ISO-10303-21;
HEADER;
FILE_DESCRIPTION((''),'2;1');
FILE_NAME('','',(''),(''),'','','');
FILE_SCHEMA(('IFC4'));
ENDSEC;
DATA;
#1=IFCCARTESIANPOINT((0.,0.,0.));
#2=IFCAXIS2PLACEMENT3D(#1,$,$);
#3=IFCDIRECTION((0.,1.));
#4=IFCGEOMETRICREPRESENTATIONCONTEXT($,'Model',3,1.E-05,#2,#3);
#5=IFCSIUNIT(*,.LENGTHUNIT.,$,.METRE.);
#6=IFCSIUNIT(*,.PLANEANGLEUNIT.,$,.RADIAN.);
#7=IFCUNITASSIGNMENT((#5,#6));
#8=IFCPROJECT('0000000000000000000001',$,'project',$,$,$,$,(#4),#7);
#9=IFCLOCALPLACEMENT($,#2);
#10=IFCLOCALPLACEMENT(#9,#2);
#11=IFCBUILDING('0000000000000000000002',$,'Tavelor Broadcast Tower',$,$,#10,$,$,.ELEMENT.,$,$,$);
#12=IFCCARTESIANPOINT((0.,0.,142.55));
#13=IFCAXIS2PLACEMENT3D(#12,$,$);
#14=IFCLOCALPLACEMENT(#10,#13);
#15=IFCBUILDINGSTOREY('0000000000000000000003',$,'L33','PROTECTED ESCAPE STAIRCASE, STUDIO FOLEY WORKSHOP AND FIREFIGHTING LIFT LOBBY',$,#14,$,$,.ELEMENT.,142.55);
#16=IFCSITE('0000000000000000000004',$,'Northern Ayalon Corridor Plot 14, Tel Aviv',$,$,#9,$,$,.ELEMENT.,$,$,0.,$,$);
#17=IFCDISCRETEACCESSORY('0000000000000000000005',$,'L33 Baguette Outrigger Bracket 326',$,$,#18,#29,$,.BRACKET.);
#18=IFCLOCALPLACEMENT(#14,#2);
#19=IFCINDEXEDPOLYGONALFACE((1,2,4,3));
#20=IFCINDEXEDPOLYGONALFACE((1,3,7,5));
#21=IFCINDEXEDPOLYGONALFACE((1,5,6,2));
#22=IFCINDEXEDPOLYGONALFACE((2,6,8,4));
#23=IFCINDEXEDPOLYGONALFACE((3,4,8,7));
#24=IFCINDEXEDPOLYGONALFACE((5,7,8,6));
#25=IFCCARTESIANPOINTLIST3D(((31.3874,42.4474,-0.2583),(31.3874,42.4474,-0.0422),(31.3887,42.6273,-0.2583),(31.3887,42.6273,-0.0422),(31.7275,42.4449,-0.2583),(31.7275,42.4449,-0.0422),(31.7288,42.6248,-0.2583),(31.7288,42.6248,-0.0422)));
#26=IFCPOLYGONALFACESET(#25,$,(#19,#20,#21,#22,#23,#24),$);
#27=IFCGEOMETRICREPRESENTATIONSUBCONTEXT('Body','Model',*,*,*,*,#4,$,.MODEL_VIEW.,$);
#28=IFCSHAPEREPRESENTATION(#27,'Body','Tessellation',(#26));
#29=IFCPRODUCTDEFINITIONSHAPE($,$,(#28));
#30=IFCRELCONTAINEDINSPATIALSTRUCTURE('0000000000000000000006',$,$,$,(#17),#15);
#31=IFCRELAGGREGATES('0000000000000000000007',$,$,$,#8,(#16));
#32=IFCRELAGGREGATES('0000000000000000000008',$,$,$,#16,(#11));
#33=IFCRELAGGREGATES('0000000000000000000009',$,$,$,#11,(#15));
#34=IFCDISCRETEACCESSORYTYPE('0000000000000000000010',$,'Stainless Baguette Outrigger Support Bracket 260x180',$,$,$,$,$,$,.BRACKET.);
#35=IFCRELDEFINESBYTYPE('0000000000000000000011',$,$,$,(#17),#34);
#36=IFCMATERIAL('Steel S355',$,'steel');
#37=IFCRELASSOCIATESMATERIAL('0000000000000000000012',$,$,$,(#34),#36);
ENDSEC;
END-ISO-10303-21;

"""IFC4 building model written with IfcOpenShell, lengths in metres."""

from ifc_helpers import new_model, si_unit, direction, frame, origin, origin_2d, place, context, subcontext, project, spatial, rectangle, extrude, source, transform, mapped, material, type_object, type_shapes, element, save


model = new_model("IFC4")

# Units and contexts
model_context = context("Model", 3, precision=1e-05, world=origin(), true_north=direction((0.0, 1.0)))
body_context = subcontext(model_context, "Body", "Model", "MODEL_VIEW")
ifc_project = project(units=[si_unit("LENGTHUNIT", "METRE"), si_unit("PLANEANGLEUNIT", "RADIAN")], contexts=[model_context])

# Site, building, storey
site_placement = place(None, origin())
site = spatial("IfcSite", under=ifc_project, at=site_placement, Name="Northern Ayalon Corridor Plot 14, Tel Aviv", CompositionType="ELEMENT", RefElevation=0.0)
building_placement = place(site_placement, origin())
building = spatial("IfcBuilding", under=site, at=building_placement, Name="Tavelor Broadcast Tower", CompositionType="ELEMENT")
storey_placement = place(building_placement, frame((0.0, 0.0, 142.55)))
storey = spatial("IfcBuildingStorey", under=building, at=storey_placement, Name="L33", Description="PROTECTED ESCAPE STAIRCASE, STUDIO FOLEY WORKSHOP AND FIREFIGHTING LIFT LOBBY", CompositionType="ELEMENT", Elevation=142.55)

# Shared definitions
ifc_material_1 = material(Name="Steel S355", Category="steel")

# Discrete accessory
discrete_accessory_type = type_object("IfcDiscreteAccessoryType", Name="Stainless Baguette Outrigger Support Bracket 260x180", PredefinedType="BRACKET", material=ifc_material_1)
shared_shape_1 = source(origin(), body_context, "Body", "SweptSolid", [
    extrude(rectangle(XDim=0.1799, YDim=0.3401, at=origin_2d()), origin(), (0.0, 0.0, 1.0), 0.2161),
])
type_shapes(discrete_accessory_type, [shared_shape_1])
discrete_accessory_placement = place(storey_placement, frame((31.5581, 42.5361, -0.2583), z_axis=(0.0, 0.0, 1.0), x_axis=(-0.00733, -0.999973, 0.0)))
element("IfcDiscreteAccessory", 1, at=discrete_accessory_placement, inside=storey, type_object=discrete_accessory_type, Name="L33 Baguette Outrigger Bracket 326", PredefinedType="BRACKET", context=body_context, shape_type="MappedRepresentation", body=[
    mapped(shared_shape_1, transform((0.0, 0.0, 0.0), scale=1.0)),
])

save(model, "model.ifc")
